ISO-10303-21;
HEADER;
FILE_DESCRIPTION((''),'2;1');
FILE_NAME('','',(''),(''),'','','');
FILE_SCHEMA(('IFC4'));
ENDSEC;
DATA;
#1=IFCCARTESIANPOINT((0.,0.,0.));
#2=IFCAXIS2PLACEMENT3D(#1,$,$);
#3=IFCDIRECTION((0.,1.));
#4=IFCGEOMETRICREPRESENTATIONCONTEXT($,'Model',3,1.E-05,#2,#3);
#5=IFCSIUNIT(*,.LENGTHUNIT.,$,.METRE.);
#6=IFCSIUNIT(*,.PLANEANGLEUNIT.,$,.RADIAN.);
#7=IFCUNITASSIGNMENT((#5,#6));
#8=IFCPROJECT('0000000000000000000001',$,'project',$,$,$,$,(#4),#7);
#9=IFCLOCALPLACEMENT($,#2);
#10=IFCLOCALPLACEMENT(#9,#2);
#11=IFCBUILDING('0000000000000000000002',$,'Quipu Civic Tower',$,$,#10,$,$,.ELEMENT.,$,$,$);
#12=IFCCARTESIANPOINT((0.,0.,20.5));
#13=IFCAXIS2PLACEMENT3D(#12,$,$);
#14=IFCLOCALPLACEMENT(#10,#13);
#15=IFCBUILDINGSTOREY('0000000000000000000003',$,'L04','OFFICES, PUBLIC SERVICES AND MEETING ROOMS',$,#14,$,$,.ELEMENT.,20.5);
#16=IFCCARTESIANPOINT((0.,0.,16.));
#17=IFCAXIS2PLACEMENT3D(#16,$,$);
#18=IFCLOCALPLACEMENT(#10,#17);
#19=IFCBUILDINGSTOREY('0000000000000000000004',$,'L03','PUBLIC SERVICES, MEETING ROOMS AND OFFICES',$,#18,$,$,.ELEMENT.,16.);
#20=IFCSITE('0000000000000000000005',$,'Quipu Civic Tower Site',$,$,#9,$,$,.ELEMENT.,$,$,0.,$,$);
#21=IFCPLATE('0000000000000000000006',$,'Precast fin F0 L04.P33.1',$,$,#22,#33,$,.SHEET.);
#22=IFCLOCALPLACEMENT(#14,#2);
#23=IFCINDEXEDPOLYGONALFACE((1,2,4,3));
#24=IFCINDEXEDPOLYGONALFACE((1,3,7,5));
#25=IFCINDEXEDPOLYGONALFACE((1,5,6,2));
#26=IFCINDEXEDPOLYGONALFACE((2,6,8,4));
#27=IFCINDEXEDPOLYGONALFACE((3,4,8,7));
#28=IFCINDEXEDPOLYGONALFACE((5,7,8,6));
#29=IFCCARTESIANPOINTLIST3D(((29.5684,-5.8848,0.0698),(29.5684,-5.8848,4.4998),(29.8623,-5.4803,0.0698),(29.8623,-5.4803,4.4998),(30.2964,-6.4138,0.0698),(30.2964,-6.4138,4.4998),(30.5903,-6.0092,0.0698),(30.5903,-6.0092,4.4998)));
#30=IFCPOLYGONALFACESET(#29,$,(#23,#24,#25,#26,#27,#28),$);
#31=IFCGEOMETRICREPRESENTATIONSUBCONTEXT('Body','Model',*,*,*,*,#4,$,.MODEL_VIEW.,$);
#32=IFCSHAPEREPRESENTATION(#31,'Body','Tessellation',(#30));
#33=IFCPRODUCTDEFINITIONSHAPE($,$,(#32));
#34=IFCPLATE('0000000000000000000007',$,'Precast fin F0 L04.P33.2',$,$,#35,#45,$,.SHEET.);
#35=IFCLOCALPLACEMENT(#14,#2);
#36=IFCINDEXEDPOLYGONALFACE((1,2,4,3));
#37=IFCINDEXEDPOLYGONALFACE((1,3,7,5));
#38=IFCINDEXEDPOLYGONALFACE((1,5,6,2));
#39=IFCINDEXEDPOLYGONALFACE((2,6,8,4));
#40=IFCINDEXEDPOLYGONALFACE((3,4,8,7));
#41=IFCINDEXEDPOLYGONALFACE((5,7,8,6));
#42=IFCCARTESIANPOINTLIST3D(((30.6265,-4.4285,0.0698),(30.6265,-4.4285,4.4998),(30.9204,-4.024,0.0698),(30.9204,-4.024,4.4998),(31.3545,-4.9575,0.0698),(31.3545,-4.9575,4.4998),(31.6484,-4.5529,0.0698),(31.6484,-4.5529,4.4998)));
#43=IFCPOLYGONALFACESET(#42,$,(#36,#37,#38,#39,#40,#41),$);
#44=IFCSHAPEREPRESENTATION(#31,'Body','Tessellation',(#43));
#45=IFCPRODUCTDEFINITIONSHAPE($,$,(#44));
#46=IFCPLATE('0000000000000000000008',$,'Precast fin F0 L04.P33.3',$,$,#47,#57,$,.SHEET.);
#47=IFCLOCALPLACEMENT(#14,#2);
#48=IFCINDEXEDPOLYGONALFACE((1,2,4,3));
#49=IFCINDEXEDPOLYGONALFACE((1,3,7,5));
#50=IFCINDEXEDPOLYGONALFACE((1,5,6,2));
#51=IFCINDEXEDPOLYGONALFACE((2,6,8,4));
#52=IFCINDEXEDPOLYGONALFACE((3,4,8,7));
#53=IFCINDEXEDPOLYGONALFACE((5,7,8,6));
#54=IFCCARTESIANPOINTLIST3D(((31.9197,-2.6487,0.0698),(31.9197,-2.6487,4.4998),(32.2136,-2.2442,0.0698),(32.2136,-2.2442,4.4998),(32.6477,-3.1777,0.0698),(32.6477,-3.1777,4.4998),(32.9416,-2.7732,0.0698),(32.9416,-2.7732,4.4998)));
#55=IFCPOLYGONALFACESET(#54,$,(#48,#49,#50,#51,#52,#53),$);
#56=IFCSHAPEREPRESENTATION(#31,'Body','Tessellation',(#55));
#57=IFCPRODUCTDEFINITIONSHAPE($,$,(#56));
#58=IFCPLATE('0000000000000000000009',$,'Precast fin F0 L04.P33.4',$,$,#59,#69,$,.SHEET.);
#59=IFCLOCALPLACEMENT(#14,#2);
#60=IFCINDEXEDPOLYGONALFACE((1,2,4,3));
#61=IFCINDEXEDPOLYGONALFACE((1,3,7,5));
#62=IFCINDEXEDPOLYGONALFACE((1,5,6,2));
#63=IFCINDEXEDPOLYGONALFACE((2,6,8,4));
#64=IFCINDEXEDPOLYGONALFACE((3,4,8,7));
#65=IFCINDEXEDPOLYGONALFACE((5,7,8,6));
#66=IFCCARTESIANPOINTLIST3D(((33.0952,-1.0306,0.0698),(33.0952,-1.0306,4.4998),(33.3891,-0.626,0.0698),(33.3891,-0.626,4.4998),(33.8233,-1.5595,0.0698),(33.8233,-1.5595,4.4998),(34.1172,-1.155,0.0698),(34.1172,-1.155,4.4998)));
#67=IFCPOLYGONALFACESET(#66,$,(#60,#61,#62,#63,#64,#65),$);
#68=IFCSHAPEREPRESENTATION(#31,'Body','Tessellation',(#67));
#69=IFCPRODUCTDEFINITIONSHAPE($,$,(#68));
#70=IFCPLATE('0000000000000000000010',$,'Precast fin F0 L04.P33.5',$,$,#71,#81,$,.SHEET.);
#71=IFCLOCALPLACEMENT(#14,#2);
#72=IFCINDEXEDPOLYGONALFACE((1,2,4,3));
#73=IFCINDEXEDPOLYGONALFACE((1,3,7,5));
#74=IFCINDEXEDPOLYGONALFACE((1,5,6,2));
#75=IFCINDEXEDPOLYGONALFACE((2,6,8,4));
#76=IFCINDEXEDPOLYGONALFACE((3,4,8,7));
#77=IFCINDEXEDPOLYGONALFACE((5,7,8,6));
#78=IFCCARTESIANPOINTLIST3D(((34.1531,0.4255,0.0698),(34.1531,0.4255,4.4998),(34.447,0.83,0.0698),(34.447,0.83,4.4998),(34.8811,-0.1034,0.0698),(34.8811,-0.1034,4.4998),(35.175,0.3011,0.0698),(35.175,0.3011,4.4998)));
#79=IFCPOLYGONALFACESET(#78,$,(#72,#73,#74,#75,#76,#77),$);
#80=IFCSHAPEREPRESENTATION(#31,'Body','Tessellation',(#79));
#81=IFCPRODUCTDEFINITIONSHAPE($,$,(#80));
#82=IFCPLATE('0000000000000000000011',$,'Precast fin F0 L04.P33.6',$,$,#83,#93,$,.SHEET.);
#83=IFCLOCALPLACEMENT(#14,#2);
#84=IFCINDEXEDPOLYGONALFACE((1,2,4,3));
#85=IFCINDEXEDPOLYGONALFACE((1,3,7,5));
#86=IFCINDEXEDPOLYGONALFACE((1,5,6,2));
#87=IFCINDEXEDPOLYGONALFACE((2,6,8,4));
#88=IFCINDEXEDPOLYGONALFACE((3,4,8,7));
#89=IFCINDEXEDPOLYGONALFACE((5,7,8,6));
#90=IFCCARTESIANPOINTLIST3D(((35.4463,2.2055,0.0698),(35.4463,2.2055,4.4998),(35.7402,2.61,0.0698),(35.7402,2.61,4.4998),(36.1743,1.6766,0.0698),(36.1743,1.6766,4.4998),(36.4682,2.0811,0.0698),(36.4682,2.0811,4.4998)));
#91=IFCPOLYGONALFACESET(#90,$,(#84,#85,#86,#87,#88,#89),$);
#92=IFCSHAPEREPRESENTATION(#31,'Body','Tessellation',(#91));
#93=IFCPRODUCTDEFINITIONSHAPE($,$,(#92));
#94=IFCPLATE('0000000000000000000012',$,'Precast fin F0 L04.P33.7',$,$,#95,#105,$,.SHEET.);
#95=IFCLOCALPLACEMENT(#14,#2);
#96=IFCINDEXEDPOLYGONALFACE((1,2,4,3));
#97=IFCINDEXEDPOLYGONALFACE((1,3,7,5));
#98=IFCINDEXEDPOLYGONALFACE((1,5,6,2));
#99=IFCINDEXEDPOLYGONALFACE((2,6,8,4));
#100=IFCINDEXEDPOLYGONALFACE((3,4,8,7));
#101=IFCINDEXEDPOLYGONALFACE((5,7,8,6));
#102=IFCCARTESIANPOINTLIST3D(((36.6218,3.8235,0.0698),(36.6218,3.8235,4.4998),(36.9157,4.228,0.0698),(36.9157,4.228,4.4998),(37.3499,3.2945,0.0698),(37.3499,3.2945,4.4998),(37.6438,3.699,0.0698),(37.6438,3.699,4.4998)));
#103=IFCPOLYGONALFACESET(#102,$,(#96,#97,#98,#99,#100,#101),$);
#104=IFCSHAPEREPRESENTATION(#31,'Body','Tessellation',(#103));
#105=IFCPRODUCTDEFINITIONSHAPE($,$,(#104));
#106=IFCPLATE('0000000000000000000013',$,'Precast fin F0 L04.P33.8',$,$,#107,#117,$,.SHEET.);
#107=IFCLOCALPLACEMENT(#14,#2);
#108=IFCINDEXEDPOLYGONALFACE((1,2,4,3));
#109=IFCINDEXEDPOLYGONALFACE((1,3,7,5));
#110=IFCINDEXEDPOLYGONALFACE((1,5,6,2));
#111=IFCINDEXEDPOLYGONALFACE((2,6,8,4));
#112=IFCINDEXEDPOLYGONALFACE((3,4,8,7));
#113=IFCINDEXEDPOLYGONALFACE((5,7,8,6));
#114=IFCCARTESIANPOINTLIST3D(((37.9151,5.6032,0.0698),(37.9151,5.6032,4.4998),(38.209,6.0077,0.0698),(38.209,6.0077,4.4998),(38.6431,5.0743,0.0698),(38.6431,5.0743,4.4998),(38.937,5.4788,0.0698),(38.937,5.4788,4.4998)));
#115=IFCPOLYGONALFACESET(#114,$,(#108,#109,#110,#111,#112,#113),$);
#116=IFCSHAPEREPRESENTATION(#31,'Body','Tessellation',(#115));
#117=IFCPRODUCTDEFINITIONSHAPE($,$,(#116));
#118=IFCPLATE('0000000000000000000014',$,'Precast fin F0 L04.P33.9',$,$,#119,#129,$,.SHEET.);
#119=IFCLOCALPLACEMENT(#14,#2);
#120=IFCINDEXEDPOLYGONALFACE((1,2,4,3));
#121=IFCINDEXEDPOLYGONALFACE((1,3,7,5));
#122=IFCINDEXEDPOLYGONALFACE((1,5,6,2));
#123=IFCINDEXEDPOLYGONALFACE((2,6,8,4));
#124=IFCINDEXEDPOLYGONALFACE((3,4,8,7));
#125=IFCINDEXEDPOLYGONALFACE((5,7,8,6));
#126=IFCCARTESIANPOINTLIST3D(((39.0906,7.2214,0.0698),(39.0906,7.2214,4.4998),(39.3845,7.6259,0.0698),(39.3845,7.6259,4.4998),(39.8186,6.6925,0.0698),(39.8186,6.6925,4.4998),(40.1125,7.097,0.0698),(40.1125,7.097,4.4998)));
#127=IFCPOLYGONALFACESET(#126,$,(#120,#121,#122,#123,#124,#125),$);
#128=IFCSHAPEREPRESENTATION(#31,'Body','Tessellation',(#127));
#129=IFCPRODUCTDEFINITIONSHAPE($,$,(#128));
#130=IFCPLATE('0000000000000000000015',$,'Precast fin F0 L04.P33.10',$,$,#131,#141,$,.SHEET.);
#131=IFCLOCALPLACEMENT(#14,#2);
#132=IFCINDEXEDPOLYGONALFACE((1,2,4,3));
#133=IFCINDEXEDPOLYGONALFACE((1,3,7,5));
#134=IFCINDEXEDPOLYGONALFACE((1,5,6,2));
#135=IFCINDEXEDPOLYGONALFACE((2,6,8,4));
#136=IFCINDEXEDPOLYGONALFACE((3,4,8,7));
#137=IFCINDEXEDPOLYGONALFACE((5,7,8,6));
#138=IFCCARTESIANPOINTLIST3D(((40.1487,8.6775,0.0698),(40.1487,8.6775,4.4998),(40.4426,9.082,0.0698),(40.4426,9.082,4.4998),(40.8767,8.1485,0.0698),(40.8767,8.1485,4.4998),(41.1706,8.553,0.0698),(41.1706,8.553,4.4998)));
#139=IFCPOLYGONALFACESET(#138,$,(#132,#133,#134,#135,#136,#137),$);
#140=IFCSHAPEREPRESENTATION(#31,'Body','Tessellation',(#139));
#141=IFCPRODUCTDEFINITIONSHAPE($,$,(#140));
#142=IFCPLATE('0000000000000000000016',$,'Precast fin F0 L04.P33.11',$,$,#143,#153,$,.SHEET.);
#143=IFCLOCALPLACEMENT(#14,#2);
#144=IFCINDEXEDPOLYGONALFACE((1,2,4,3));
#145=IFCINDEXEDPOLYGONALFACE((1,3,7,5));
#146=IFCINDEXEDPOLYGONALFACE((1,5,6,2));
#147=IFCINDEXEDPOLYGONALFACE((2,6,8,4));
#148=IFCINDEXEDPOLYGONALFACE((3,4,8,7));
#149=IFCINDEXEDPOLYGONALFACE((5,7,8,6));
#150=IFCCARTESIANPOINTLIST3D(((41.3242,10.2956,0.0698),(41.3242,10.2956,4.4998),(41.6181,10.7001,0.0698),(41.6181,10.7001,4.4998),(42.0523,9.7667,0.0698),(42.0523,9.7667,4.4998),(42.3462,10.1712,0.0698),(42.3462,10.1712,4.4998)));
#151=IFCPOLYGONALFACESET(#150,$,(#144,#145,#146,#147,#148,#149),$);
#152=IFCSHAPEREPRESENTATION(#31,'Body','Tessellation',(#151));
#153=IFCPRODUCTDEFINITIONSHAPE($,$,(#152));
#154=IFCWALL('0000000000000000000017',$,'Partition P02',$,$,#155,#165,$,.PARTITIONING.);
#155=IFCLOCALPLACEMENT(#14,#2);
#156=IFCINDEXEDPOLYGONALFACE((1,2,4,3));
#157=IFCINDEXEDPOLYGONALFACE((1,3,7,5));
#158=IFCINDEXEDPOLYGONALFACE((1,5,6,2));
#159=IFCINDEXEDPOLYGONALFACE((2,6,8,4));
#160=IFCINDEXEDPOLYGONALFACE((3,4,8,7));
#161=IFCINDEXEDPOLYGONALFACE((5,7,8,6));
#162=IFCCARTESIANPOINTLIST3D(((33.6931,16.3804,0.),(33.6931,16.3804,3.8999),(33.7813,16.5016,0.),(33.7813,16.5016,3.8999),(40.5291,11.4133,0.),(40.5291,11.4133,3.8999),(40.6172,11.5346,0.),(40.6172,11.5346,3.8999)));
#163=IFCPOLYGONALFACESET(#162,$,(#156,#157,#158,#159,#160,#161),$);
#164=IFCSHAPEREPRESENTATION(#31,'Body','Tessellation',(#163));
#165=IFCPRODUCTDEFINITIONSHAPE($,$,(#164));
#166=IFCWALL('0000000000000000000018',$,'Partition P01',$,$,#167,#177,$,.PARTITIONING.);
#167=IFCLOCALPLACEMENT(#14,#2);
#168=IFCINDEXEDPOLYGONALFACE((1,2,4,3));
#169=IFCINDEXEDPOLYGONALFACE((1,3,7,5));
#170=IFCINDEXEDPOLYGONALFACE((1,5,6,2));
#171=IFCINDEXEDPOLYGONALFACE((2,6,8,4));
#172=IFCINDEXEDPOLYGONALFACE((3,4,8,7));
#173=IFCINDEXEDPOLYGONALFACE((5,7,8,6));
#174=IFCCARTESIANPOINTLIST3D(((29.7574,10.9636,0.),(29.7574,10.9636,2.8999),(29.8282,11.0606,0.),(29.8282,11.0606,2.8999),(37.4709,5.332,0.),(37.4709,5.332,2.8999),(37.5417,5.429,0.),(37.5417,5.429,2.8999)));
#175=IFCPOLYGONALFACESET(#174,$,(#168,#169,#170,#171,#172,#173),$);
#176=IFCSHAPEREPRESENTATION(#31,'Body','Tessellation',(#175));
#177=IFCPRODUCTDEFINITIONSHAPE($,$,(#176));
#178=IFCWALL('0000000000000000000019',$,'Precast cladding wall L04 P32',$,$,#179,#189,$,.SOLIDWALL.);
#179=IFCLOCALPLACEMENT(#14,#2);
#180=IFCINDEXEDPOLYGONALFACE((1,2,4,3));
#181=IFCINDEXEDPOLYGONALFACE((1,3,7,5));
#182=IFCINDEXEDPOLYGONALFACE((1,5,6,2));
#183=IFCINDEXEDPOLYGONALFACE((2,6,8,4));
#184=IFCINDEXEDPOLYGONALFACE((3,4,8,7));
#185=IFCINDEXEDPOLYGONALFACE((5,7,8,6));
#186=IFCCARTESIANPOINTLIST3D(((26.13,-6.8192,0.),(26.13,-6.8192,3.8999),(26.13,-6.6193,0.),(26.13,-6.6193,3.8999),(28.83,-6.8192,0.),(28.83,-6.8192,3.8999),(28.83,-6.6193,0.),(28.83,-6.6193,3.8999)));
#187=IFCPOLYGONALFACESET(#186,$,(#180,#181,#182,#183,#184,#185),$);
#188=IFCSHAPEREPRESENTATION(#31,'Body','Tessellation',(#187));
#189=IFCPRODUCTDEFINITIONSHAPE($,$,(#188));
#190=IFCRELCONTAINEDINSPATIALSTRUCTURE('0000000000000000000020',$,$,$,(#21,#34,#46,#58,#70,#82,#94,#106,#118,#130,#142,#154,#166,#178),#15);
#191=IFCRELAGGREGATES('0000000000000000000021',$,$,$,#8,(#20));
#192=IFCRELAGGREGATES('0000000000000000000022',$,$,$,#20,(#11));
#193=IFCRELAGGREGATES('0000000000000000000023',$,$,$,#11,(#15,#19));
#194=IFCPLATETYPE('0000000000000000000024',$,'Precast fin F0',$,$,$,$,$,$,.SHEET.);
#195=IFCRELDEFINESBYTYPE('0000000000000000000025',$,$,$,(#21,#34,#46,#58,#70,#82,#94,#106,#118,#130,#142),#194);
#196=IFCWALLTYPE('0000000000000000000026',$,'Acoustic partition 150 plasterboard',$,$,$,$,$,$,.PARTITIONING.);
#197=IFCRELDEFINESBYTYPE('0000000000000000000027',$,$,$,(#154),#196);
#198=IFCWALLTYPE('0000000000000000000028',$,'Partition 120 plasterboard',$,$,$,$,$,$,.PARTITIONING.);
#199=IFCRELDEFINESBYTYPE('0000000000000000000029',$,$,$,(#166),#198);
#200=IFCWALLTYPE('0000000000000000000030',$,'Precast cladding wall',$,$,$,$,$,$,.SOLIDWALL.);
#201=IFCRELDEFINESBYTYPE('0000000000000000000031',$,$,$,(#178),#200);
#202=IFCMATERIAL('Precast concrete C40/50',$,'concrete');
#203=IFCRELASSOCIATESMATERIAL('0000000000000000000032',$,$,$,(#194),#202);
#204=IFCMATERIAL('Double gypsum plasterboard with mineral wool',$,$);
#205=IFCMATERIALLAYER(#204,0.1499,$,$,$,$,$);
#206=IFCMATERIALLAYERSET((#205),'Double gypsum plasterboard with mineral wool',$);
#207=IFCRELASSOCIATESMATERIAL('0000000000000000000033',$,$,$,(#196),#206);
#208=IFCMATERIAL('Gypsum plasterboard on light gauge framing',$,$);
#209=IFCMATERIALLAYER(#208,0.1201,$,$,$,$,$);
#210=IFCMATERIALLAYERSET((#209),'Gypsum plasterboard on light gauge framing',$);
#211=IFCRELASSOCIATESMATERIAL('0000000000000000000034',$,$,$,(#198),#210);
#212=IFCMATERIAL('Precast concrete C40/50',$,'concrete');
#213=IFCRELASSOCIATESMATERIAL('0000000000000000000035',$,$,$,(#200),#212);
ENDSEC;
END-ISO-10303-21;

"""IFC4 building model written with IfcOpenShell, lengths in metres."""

from ifc_helpers import new_model, si_unit, direction, frame, frame_2d, origin, origin_2d, place, context, subcontext, project, spatial, rectangle, extrude, material, layer, layer_set, type_object, element, save


model = new_model("IFC4")

# Units and contexts
model_context = context("Model", 3, precision=1e-05, world=origin(), true_north=direction((0.0, 1.0)))
body_context = subcontext(model_context, "Body", "Model", "MODEL_VIEW")
ifc_project = project(units=[si_unit("LENGTHUNIT", "METRE"), si_unit("PLANEANGLEUNIT", "RADIAN")], contexts=[model_context])

# Site, building, storey
site_placement = place(None, origin())
site = spatial("IfcSite", under=ifc_project, at=site_placement, Name="Quipu Civic Tower Site", CompositionType="ELEMENT", RefElevation=0.0)
building_placement = place(site_placement, origin())
building = spatial("IfcBuilding", under=site, at=building_placement, Name="Quipu Civic Tower", CompositionType="ELEMENT")
storey_1_placement = place(building_placement, frame((0.0, 0.0, 20.5)))
storey_1 = spatial("IfcBuildingStorey", under=building, at=storey_1_placement, Name="L04", Description="OFFICES, PUBLIC SERVICES AND MEETING ROOMS", CompositionType="ELEMENT", Elevation=20.5)

# Shared definitions
storey_2_placement = place(building_placement, frame((0.0, 0.0, 16.0)))
storey_2 = spatial("IfcBuildingStorey", under=building, at=storey_2_placement, Name="L03", Description="PUBLIC SERVICES, MEETING ROOMS AND OFFICES", CompositionType="ELEMENT", Elevation=16.0)

# Plates
ifc_material_1 = material(Name="Precast concrete C40/50", Category="concrete")
plate_type_1 = type_object("IfcPlateType", Name="Precast fin F0", PredefinedType="SHEET", material=ifc_material_1)
for number, where, z_axis, x_axis, name in (
    (1, (30.0793, -5.947, 0.0698), (0.0, 0.0, 1.0), (0.587786, 0.809017, 0.0), "Precast fin F0 L04.P33.1"),
    (2, (31.1375, -4.4907, 0.0698), (0.0, 0.0, 1.0), (0.587786, 0.809017, 0.0), "Precast fin F0 L04.P33.2"),
    (3, (32.4307, -2.7109, 0.0698), (0.0, 0.0, 1.0), (0.587786, 0.809017, 0.0), "Precast fin F0 L04.P33.3"),
    (4, (33.6062, -1.0928, 0.0698), (0.0, 0.0, 1.0), (0.587786, 0.809017, 0.0), "Precast fin F0 L04.P33.4"),
    (5, (34.6641, 0.3633, 0.0698), (0.0, 0.0, 1.0), (0.587786, 0.809017, 0.0), "Precast fin F0 L04.P33.5"),
    (6, (35.9573, 2.1433, 0.0698), (0.0, 0.0, 1.0), (0.587786, 0.809017, 0.0), "Precast fin F0 L04.P33.6"),
    (7, (37.1328, 3.7612, 0.0698), (0.0, 0.0, 1.0), (0.587786, 0.809017, 0.0), "Precast fin F0 L04.P33.7"),
    (8, (38.426, 5.541, 0.0698), (0.0, 0.0, 1.0), (0.587786, 0.809017, 0.0), "Precast fin F0 L04.P33.8"),
    (9, (39.6016, 7.1592, 0.0698), (0.0, 0.0, 1.0), (0.587786, 0.809017, 0.0), "Precast fin F0 L04.P33.9"),
    (10, (40.6597, 8.6152, 0.0698), (0.0, 0.0, 1.0), (0.587786, 0.809017, 0.0), "Precast fin F0 L04.P33.10"),
    (11, (41.8352, 10.2334, 0.0698), (0.0, 0.0, 1.0), (0.587786, 0.809017, 0.0), "Precast fin F0 L04.P33.11"),
):
    element("IfcPlate", number, at=place(storey_1_placement, frame(where, z_axis=z_axis, x_axis=x_axis)), inside=storey_1, type_object=plate_type_1, Name=name, PredefinedType="SHEET", context=body_context, shape_type="SweptSolid", body=[
        extrude(rectangle(XDim=0.5, YDim=0.8999, at=origin_2d()), origin(), (0.0, 0.0, 1.0), 4.4299),
    ])

# Walls
ifc_material_2 = material(Name="Double gypsum plasterboard with mineral wool")
ifc_layer_1 = layer(ifc_material_2, 0.1499)
ifc_layer_set_1 = layer_set([ifc_layer_1], Name="Double gypsum plasterboard with mineral wool")
wall_type_1 = type_object("IfcWallType", Name="Acoustic partition 150 plasterboard", PredefinedType="PARTITIONING", material=ifc_layer_set_1)
wall_1_placement = place(storey_1_placement, frame((40.5732, 11.4739, 0.0), z_axis=(0.0, 0.0, 1.0), x_axis=(-0.808992, 0.587819, 0.0)))
element("IfcWall", 12, at=wall_1_placement, inside=storey_1, type_object=wall_type_1, Name="Partition P02", PredefinedType="PARTITIONING", context=body_context, shape_type="SweptSolid", body=[
    extrude(rectangle(XDim=8.45, YDim=0.1499, at=frame_2d((4.2251, 0.0))), origin(), (0.0, 0.0, 1.0), 3.8999),
])
ifc_material_3 = material(Name="Gypsum plasterboard on light gauge framing")
ifc_layer_2 = layer(ifc_material_3, 0.1201)
ifc_layer_set_2 = layer_set([ifc_layer_2], Name="Gypsum plasterboard on light gauge framing")
wall_type_2 = type_object("IfcWallType", Name="Partition 120 plasterboard", PredefinedType="PARTITIONING", material=ifc_layer_set_2)
wall_2_placement = place(storey_1_placement, frame((29.7927, 11.0122, 0.0), z_axis=(0.0, 0.0, 1.0), x_axis=(0.807646, -0.589668, 0.0)))
element("IfcWall", 13, at=wall_2_placement, inside=storey_1, type_object=wall_type_2, Name="Partition P01", PredefinedType="PARTITIONING", context=body_context, shape_type="SweptSolid", body=[
    extrude(rectangle(XDim=9.5505, YDim=0.1201, at=frame_2d((4.7754, 0.0))), origin(), (0.0, 0.0, 1.0), 2.8999),
])
ifc_material_4 = material(Name="Precast concrete C40/50", Category="concrete")
wall_type_3 = type_object("IfcWallType", Name="Precast cladding wall", PredefinedType="SOLIDWALL", material=ifc_material_4)
wall_3_placement = place(storey_1_placement, frame((26.1299, -6.7192, 0.0), z_axis=(0.0, 0.0, 1.0), x_axis=(1.0, 0.0, 0.0)))
element("IfcWall", 14, at=wall_3_placement, inside=storey_1, type_object=wall_type_3, Name="Precast cladding wall L04 P32", PredefinedType="SOLIDWALL", context=body_context, shape_type="SweptSolid", body=[
    extrude(rectangle(XDim=2.7, YDim=0.2, at=frame_2d((1.3501, 0.0))), origin(), (0.0, 0.0, 1.0), 3.8999),
])

save(model, "model.ifc")
